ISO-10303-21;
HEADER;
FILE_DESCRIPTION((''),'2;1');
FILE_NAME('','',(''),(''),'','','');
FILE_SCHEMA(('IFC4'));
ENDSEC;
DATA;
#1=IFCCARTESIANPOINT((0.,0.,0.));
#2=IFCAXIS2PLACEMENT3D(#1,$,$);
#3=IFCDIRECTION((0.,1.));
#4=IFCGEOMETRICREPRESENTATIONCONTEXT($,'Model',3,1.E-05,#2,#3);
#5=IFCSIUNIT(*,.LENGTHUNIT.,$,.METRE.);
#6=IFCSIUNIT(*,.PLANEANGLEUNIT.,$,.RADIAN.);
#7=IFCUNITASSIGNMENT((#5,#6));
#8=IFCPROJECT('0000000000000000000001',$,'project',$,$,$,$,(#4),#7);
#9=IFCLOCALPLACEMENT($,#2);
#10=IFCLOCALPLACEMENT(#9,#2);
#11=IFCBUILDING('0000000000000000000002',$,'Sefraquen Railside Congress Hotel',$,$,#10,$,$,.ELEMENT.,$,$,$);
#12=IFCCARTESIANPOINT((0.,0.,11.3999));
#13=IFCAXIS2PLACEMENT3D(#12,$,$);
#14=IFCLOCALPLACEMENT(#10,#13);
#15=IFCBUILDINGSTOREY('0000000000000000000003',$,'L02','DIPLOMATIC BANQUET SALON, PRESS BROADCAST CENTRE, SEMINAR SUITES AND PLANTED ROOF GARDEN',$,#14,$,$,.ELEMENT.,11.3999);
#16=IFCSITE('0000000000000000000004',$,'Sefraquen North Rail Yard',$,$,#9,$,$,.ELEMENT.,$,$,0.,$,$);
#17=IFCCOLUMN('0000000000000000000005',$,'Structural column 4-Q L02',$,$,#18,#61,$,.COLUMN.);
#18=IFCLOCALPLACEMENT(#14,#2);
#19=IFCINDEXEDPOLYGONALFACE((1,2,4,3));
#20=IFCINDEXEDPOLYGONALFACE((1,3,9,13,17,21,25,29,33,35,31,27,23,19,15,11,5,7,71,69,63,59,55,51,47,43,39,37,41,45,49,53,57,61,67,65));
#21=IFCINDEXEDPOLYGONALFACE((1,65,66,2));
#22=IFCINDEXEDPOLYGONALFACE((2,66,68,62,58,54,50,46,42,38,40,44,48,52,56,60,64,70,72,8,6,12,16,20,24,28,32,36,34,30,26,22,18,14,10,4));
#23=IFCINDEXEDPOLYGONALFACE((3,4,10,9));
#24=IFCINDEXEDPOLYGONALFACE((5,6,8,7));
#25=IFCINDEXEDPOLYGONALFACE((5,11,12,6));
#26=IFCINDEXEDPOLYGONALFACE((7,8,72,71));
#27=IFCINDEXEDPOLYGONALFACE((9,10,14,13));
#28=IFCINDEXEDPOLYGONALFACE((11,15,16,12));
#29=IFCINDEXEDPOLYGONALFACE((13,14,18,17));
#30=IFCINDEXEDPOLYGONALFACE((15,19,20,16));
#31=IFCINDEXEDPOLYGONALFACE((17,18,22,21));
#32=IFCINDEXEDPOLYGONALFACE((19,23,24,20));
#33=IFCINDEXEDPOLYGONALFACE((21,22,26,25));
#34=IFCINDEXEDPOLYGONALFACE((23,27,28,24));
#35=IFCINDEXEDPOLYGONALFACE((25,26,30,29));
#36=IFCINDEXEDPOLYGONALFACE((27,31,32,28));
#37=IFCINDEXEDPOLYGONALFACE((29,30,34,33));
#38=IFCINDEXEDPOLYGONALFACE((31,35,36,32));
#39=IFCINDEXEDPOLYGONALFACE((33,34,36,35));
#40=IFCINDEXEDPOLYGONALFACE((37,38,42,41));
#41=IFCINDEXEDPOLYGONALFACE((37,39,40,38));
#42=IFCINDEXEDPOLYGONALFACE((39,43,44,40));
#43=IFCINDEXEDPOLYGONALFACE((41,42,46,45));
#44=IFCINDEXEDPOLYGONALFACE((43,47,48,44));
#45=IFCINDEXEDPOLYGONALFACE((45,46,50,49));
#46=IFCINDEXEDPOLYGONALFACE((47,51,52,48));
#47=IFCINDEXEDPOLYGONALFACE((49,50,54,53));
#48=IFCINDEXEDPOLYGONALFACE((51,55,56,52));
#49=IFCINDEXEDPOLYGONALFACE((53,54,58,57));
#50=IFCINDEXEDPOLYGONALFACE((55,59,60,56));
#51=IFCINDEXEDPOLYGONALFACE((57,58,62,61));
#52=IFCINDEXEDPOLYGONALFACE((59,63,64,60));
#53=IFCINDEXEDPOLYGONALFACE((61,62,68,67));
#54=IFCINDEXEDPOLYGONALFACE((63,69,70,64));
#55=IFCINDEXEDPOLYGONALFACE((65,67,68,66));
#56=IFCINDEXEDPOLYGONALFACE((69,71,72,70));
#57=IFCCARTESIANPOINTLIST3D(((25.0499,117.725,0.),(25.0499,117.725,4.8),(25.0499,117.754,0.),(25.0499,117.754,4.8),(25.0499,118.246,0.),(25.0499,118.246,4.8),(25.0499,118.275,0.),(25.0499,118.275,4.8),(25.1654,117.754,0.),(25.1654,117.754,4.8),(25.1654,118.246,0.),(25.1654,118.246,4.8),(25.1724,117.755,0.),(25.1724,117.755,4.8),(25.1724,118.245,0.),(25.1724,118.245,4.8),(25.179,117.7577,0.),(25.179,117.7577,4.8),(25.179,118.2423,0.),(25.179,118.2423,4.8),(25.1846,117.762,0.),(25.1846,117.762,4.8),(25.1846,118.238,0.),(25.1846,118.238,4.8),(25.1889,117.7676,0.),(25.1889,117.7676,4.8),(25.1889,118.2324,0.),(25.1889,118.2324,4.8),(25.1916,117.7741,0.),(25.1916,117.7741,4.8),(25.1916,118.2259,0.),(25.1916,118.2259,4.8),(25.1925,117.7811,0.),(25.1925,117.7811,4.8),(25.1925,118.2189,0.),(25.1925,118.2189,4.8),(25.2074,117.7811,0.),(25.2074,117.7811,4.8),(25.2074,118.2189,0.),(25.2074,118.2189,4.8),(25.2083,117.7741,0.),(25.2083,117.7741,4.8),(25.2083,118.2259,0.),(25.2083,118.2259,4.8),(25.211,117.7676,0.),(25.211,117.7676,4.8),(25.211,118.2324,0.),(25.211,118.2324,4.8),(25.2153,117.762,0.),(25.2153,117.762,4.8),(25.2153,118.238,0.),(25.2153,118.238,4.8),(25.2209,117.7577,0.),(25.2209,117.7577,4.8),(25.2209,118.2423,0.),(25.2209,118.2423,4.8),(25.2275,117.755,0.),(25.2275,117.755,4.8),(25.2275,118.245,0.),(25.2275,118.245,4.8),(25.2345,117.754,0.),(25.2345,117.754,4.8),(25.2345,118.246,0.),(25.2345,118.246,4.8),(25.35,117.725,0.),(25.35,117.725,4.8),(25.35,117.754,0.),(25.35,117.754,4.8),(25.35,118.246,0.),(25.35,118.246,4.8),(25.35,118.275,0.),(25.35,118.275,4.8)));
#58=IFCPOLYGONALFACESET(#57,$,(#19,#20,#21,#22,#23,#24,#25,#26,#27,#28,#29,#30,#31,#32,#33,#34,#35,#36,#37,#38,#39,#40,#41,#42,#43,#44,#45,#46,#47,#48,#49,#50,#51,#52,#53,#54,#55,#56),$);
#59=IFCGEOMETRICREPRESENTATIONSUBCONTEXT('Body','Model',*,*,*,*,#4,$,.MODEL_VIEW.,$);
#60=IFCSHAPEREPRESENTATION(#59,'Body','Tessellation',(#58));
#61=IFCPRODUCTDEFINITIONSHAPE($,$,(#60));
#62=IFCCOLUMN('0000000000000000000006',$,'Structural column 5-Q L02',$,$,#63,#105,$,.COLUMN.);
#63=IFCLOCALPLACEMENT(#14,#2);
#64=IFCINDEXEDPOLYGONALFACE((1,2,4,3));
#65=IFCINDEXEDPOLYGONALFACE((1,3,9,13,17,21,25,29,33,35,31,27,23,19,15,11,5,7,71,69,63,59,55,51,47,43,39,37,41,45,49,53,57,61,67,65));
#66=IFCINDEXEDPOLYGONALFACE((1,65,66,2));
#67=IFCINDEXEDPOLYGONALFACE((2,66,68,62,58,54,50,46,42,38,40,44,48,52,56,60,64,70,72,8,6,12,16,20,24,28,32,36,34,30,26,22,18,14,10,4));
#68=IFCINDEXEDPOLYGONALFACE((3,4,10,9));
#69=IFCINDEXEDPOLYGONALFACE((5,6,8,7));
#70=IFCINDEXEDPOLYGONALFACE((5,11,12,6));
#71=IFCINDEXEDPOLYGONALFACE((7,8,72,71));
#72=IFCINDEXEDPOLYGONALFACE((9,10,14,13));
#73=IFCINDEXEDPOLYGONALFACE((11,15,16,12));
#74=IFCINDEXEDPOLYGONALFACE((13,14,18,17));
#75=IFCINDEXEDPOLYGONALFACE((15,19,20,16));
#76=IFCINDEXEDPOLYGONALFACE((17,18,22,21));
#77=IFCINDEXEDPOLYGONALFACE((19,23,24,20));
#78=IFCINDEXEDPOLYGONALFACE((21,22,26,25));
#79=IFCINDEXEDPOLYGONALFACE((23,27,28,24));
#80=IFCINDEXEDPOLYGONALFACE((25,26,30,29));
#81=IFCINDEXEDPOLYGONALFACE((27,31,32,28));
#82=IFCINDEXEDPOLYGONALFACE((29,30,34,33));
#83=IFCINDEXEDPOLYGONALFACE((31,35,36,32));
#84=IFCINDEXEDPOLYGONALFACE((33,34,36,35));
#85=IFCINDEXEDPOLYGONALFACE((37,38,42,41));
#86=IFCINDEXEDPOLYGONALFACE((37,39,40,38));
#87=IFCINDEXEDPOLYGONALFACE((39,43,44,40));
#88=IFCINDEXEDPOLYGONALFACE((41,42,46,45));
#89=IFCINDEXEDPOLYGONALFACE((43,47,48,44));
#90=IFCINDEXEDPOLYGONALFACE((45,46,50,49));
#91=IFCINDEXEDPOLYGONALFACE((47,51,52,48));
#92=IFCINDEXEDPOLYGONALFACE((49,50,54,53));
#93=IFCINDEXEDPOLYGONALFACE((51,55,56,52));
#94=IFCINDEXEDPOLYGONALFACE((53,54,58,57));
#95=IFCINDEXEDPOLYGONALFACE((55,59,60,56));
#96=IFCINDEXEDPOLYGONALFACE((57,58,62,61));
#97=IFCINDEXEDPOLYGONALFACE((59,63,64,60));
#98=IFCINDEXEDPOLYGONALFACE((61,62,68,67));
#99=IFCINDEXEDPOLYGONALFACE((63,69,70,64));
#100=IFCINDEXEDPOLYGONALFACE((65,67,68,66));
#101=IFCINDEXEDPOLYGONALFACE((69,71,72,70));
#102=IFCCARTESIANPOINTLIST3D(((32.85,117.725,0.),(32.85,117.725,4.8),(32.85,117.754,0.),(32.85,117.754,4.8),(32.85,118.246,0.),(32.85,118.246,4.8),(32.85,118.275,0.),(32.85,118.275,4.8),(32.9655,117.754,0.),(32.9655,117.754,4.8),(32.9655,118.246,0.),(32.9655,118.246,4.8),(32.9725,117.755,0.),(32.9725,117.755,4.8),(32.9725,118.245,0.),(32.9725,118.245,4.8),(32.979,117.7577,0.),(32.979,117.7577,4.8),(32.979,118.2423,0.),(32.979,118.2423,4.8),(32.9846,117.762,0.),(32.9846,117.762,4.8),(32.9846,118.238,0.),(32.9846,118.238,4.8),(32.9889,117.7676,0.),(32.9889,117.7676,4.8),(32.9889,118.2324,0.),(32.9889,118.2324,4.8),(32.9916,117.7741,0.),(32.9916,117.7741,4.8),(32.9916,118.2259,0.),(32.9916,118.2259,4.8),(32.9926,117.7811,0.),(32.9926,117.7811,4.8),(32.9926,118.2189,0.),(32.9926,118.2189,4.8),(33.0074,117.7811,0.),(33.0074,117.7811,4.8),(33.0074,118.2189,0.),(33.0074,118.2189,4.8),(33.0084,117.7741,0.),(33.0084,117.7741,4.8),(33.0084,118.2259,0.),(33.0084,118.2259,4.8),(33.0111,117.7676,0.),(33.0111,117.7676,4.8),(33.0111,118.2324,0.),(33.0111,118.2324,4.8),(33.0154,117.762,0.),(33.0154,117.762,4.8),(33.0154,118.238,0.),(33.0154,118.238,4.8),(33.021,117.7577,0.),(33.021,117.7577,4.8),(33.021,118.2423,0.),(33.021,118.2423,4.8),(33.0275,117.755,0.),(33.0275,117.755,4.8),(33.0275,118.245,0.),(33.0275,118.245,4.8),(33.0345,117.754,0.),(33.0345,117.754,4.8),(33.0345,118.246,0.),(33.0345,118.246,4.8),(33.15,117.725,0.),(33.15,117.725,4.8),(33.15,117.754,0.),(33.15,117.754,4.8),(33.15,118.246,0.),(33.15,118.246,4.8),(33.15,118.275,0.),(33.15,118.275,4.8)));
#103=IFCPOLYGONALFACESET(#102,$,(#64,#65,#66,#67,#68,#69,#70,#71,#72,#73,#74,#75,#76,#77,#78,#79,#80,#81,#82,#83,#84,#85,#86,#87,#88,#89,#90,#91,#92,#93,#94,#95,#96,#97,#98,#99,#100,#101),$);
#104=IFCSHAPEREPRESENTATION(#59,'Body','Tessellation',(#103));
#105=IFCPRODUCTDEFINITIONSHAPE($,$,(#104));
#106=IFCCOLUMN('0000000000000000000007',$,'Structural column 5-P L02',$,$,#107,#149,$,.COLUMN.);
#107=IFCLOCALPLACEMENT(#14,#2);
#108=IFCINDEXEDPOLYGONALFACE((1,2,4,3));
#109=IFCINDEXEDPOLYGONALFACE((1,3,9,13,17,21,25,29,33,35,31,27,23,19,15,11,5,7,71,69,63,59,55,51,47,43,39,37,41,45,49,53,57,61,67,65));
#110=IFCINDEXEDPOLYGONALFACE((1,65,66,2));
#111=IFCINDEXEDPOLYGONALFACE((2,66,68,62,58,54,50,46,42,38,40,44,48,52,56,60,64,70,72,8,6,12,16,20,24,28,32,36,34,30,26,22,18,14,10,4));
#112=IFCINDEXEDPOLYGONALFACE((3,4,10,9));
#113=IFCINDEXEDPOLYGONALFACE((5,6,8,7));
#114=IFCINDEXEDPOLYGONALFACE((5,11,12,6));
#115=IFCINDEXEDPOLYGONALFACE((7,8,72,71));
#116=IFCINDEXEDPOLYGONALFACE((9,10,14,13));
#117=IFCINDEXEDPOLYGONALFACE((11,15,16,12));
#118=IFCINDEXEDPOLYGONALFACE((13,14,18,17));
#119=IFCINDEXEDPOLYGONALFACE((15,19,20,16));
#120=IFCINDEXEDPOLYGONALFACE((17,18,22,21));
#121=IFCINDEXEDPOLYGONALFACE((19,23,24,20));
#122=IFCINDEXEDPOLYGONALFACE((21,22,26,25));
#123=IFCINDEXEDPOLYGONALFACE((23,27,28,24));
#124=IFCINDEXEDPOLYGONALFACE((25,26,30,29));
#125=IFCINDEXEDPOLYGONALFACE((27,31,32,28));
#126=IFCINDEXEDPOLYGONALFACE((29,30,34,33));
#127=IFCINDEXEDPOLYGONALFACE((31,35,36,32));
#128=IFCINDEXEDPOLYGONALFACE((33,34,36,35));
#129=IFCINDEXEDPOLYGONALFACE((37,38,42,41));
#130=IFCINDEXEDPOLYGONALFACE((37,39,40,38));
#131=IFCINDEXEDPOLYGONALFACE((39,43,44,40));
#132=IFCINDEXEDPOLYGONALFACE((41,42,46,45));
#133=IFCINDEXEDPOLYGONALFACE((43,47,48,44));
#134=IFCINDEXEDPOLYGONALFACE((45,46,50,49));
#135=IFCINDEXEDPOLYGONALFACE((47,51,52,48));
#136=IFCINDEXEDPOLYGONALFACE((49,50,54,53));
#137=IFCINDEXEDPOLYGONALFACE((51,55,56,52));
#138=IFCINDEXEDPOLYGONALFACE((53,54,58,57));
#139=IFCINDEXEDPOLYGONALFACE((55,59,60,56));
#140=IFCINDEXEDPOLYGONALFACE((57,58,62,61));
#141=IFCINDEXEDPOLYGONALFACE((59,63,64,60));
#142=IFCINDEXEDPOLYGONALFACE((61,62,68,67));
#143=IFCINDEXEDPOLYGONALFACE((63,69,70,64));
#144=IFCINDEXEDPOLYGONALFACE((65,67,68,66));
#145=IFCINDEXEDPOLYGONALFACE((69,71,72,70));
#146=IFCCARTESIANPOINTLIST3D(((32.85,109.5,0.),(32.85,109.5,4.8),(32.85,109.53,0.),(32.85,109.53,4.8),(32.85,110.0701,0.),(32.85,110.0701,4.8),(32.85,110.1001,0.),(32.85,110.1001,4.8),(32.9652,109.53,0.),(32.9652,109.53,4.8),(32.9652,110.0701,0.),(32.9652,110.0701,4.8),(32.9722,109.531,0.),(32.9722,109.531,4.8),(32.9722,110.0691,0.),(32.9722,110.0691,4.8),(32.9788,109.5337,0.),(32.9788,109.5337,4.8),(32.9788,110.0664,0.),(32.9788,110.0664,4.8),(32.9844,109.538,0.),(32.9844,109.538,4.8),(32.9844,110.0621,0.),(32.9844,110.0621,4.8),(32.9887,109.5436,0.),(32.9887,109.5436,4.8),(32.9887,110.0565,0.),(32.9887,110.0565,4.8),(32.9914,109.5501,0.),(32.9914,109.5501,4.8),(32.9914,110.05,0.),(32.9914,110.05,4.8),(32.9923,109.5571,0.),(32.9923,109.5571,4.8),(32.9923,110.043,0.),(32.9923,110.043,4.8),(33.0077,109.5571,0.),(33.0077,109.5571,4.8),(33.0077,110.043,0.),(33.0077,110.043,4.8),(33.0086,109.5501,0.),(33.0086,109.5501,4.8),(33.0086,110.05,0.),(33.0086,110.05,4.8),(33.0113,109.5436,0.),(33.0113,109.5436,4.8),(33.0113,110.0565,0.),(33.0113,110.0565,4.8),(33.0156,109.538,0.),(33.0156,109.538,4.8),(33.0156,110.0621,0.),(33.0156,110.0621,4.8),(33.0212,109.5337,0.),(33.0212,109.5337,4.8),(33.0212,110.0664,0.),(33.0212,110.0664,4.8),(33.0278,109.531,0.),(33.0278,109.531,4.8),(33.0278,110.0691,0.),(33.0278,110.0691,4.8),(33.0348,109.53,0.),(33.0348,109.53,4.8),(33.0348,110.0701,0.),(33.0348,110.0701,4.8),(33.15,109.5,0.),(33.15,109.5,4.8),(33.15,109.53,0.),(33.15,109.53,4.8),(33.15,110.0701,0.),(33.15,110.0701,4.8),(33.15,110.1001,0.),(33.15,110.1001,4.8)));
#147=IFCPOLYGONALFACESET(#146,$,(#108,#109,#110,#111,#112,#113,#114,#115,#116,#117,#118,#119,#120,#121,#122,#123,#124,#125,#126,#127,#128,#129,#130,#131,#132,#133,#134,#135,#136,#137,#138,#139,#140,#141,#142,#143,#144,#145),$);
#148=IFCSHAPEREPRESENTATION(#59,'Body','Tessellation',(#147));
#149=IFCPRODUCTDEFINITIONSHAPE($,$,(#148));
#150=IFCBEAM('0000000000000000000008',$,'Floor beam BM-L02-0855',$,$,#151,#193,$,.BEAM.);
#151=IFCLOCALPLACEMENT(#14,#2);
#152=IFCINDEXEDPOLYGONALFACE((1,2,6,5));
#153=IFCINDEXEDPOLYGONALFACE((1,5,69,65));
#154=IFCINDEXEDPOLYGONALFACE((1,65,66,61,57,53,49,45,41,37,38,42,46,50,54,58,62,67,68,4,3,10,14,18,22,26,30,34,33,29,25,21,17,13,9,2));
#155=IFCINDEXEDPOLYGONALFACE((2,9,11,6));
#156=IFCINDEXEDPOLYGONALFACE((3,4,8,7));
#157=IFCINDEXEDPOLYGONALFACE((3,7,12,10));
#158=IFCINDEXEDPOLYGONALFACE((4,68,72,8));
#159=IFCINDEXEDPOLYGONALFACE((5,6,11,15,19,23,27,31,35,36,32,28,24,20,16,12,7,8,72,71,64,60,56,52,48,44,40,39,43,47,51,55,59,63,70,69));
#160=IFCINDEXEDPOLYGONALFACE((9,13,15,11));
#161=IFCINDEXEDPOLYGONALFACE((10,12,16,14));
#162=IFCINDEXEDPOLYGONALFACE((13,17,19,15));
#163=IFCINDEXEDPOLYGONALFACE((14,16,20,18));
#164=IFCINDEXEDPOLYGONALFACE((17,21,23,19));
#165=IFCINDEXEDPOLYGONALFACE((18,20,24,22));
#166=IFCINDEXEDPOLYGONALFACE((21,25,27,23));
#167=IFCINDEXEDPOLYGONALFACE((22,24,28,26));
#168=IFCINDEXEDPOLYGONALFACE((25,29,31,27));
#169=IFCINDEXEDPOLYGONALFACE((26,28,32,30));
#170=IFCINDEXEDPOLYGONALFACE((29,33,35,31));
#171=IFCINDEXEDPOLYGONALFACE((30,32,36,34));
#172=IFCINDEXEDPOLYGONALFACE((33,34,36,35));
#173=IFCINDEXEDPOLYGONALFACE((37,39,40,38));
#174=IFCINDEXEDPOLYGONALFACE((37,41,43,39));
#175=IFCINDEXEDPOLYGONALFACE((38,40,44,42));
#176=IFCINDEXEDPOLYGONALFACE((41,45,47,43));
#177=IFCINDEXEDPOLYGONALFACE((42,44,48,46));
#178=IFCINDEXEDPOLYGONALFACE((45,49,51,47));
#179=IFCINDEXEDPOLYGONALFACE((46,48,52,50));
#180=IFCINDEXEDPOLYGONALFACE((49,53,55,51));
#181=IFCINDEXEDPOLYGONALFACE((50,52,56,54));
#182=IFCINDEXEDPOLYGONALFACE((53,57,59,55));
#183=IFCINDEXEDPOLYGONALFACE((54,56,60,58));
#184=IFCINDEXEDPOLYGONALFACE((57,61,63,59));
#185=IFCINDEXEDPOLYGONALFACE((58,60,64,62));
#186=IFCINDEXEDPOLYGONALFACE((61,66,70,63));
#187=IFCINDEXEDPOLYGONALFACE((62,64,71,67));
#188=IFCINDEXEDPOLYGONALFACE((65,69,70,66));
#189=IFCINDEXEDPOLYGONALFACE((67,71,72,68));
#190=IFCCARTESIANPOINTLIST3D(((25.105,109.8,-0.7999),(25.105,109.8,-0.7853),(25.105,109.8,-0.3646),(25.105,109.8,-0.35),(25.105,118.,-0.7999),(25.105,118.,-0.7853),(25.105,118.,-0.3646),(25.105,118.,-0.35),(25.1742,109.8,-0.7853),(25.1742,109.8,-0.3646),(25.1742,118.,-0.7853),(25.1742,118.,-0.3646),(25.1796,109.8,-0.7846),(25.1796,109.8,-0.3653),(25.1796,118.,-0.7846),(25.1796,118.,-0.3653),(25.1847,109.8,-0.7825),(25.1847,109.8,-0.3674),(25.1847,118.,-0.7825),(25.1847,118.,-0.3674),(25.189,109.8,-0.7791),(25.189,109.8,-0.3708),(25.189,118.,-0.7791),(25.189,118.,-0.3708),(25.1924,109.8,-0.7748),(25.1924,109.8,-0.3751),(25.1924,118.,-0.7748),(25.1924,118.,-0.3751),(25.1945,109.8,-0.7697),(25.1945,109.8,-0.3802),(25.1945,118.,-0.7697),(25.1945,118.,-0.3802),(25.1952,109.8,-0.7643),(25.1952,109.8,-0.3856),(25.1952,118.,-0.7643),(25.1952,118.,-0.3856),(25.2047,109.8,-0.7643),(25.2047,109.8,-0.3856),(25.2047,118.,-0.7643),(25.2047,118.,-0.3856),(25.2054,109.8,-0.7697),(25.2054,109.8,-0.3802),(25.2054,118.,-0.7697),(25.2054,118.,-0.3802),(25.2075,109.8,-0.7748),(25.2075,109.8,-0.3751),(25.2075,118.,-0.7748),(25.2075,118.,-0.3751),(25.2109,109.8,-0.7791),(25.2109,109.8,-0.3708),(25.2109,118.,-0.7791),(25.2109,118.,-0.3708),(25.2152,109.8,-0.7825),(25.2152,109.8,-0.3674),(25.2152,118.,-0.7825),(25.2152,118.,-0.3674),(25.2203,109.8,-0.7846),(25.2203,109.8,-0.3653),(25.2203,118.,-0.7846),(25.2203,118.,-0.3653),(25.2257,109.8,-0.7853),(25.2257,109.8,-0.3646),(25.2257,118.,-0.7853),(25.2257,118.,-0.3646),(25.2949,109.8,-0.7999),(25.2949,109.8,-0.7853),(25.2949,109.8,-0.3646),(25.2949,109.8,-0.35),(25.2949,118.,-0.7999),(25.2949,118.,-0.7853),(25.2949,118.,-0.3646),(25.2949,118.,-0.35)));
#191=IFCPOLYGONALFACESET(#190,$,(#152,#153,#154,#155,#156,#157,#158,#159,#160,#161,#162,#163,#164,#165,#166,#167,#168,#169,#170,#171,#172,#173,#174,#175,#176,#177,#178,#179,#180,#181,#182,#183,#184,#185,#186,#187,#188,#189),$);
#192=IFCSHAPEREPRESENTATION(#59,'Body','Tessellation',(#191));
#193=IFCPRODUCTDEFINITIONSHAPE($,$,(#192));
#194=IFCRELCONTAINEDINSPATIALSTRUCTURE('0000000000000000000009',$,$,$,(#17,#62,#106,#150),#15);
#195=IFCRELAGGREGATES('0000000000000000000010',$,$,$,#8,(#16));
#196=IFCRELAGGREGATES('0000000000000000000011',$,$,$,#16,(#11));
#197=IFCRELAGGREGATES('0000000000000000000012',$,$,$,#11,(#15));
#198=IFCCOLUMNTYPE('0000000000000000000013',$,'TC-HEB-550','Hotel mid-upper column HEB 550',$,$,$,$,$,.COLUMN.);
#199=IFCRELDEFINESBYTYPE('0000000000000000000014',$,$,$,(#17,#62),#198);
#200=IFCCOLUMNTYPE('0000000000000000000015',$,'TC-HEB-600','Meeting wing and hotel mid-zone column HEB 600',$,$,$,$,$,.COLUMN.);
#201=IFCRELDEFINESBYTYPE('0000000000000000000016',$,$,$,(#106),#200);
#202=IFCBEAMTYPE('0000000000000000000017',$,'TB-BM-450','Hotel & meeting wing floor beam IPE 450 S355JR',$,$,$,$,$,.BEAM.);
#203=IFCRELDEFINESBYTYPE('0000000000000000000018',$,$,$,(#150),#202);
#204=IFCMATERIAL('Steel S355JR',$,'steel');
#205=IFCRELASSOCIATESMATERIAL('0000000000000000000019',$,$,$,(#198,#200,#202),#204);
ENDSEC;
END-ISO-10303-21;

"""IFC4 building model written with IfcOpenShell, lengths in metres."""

from ifc_helpers import new_model, si_unit, direction, frame, origin, origin_2d, place, context, subcontext, project, spatial, i_section, extrude, material, material_profile, profile_set, type_object, element, save


model = new_model("IFC4")

# Units and contexts
model_context = context("Model", 3, precision=1e-05, world=origin(), true_north=direction((0.0, 1.0)))
body_context = subcontext(model_context, "Body", "Model", "MODEL_VIEW")
ifc_project = project(units=[si_unit("LENGTHUNIT", "METRE"), si_unit("PLANEANGLEUNIT", "RADIAN")], contexts=[model_context])

# Site, building, storey
site_placement = place(None, origin())
site = spatial("IfcSite", under=ifc_project, at=site_placement, Name="Sefraquen North Rail Yard", CompositionType="ELEMENT", RefElevation=0.0)
building_placement = place(site_placement, origin())
building = spatial("IfcBuilding", under=site, at=building_placement, Name="Sefraquen Railside Congress Hotel", CompositionType="ELEMENT")
storey_placement = place(building_placement, frame((0.0, 0.0, 11.3999)))
storey = spatial("IfcBuildingStorey", under=building, at=storey_placement, Name="L02", Description="DIPLOMATIC BANQUET SALON, PRESS BROADCAST CENTRE, SEMINAR SUITES AND PLANTED ROOF GARDEN", CompositionType="ELEMENT", Elevation=11.3999)

# Columns
ifc_material_1 = material(Name="Steel S355JR", Category="steel")
ifc_material_profile_1 = material_profile(ifc_material_1, i_section(OverallWidth=0.3, OverallDepth=0.55, WebThickness=0.0149, FlangeThickness=0.0291, FilletRadius=0.0271, at=origin_2d()), Name="HEB 550")
ifc_profile_set_1 = profile_set([ifc_material_profile_1], Name="Steel S355JR")
column_type_1 = type_object("IfcColumnType", Name="TC-HEB-550", Description="Hotel mid-upper column HEB 550", PredefinedType="COLUMN", material=ifc_profile_set_1)
for number, where, z_axis, x_axis, name in (
    (1, (25.2, 118.0, 0.0), (0.0, 0.0, 1.0), (1.0, 0.0, 0.0), "Structural column 4-Q L02"),
    (2, (33.0, 118.0, 0.0), (0.0, 0.0, 1.0), (1.0, 0.0, 0.0), "Structural column 5-Q L02"),
):
    element("IfcColumn", number, at=place(storey_placement, frame(where, z_axis=z_axis, x_axis=x_axis)), inside=storey, type_object=column_type_1, Name=name, PredefinedType="COLUMN", context=body_context, shape_type="SweptSolid", body=[
        extrude(i_section(OverallWidth=0.3, OverallDepth=0.55, WebThickness=0.0149, FlangeThickness=0.0291, FilletRadius=0.0271, at=origin_2d()), origin(), (0.0, 0.0, 1.0), 4.8),
    ])
ifc_material_profile_2 = material_profile(ifc_material_1, i_section(OverallWidth=0.3, OverallDepth=0.6001, WebThickness=0.0154, FlangeThickness=0.03, FilletRadius=0.0271, at=origin_2d()), Name="HEB 600")
ifc_profile_set_2 = profile_set([ifc_material_profile_2], Name="Steel S355JR")
column_type_2 = type_object("IfcColumnType", Name="TC-HEB-600", Description="Meeting wing and hotel mid-zone column HEB 600", PredefinedType="COLUMN", material=ifc_profile_set_2)
column_placement = place(storey_placement, frame((33.0, 109.8, 0.0), z_axis=(0.0, 0.0, 1.0), x_axis=(1.0, 0.0, 0.0)))
element("IfcColumn", 3, at=column_placement, inside=storey, type_object=column_type_2, Name="Structural column 5-P L02", PredefinedType="COLUMN", context=body_context, shape_type="SweptSolid", body=[
    extrude(i_section(OverallWidth=0.3, OverallDepth=0.6001, WebThickness=0.0154, FlangeThickness=0.03, FilletRadius=0.0271, at=origin_2d()), origin(), (0.0, 0.0, 1.0), 4.8),
])

# Beam
ifc_material_profile_3 = material_profile(ifc_material_1, i_section(OverallWidth=0.1899, OverallDepth=0.45, WebThickness=0.0095, FlangeThickness=0.0146, FilletRadius=0.021, at=origin_2d()), Name="IPE 450")
ifc_profile_set_3 = profile_set([ifc_material_profile_3], Name="Steel S355JR")
beam_type_1 = type_object("IfcBeamType", Name="TB-BM-450", Description="Hotel & meeting wing floor beam IPE 450 S355JR", PredefinedType="BEAM", material=ifc_profile_set_3)
for number, where, z_axis, x_axis, name in (
    (4, (25.2, 109.8, -0.575), (0.0, 1.0, 0.0), (-1.0, 0.0, 0.0), "Floor beam BM-L02-0855"),
):
    element("IfcBeam", number, at=place(storey_placement, frame(where, z_axis=z_axis, x_axis=x_axis)), inside=storey, type_object=beam_type_1, Name=name, PredefinedType="BEAM", context=body_context, shape_type="SweptSolid", body=[
        extrude(i_section(OverallWidth=0.1899, OverallDepth=0.45, WebThickness=0.0095, FlangeThickness=0.0146, FilletRadius=0.021, at=origin_2d()), origin(), (0.0, 0.0, 1.0), 8.2),
    ])

save(model, "model.ifc")
